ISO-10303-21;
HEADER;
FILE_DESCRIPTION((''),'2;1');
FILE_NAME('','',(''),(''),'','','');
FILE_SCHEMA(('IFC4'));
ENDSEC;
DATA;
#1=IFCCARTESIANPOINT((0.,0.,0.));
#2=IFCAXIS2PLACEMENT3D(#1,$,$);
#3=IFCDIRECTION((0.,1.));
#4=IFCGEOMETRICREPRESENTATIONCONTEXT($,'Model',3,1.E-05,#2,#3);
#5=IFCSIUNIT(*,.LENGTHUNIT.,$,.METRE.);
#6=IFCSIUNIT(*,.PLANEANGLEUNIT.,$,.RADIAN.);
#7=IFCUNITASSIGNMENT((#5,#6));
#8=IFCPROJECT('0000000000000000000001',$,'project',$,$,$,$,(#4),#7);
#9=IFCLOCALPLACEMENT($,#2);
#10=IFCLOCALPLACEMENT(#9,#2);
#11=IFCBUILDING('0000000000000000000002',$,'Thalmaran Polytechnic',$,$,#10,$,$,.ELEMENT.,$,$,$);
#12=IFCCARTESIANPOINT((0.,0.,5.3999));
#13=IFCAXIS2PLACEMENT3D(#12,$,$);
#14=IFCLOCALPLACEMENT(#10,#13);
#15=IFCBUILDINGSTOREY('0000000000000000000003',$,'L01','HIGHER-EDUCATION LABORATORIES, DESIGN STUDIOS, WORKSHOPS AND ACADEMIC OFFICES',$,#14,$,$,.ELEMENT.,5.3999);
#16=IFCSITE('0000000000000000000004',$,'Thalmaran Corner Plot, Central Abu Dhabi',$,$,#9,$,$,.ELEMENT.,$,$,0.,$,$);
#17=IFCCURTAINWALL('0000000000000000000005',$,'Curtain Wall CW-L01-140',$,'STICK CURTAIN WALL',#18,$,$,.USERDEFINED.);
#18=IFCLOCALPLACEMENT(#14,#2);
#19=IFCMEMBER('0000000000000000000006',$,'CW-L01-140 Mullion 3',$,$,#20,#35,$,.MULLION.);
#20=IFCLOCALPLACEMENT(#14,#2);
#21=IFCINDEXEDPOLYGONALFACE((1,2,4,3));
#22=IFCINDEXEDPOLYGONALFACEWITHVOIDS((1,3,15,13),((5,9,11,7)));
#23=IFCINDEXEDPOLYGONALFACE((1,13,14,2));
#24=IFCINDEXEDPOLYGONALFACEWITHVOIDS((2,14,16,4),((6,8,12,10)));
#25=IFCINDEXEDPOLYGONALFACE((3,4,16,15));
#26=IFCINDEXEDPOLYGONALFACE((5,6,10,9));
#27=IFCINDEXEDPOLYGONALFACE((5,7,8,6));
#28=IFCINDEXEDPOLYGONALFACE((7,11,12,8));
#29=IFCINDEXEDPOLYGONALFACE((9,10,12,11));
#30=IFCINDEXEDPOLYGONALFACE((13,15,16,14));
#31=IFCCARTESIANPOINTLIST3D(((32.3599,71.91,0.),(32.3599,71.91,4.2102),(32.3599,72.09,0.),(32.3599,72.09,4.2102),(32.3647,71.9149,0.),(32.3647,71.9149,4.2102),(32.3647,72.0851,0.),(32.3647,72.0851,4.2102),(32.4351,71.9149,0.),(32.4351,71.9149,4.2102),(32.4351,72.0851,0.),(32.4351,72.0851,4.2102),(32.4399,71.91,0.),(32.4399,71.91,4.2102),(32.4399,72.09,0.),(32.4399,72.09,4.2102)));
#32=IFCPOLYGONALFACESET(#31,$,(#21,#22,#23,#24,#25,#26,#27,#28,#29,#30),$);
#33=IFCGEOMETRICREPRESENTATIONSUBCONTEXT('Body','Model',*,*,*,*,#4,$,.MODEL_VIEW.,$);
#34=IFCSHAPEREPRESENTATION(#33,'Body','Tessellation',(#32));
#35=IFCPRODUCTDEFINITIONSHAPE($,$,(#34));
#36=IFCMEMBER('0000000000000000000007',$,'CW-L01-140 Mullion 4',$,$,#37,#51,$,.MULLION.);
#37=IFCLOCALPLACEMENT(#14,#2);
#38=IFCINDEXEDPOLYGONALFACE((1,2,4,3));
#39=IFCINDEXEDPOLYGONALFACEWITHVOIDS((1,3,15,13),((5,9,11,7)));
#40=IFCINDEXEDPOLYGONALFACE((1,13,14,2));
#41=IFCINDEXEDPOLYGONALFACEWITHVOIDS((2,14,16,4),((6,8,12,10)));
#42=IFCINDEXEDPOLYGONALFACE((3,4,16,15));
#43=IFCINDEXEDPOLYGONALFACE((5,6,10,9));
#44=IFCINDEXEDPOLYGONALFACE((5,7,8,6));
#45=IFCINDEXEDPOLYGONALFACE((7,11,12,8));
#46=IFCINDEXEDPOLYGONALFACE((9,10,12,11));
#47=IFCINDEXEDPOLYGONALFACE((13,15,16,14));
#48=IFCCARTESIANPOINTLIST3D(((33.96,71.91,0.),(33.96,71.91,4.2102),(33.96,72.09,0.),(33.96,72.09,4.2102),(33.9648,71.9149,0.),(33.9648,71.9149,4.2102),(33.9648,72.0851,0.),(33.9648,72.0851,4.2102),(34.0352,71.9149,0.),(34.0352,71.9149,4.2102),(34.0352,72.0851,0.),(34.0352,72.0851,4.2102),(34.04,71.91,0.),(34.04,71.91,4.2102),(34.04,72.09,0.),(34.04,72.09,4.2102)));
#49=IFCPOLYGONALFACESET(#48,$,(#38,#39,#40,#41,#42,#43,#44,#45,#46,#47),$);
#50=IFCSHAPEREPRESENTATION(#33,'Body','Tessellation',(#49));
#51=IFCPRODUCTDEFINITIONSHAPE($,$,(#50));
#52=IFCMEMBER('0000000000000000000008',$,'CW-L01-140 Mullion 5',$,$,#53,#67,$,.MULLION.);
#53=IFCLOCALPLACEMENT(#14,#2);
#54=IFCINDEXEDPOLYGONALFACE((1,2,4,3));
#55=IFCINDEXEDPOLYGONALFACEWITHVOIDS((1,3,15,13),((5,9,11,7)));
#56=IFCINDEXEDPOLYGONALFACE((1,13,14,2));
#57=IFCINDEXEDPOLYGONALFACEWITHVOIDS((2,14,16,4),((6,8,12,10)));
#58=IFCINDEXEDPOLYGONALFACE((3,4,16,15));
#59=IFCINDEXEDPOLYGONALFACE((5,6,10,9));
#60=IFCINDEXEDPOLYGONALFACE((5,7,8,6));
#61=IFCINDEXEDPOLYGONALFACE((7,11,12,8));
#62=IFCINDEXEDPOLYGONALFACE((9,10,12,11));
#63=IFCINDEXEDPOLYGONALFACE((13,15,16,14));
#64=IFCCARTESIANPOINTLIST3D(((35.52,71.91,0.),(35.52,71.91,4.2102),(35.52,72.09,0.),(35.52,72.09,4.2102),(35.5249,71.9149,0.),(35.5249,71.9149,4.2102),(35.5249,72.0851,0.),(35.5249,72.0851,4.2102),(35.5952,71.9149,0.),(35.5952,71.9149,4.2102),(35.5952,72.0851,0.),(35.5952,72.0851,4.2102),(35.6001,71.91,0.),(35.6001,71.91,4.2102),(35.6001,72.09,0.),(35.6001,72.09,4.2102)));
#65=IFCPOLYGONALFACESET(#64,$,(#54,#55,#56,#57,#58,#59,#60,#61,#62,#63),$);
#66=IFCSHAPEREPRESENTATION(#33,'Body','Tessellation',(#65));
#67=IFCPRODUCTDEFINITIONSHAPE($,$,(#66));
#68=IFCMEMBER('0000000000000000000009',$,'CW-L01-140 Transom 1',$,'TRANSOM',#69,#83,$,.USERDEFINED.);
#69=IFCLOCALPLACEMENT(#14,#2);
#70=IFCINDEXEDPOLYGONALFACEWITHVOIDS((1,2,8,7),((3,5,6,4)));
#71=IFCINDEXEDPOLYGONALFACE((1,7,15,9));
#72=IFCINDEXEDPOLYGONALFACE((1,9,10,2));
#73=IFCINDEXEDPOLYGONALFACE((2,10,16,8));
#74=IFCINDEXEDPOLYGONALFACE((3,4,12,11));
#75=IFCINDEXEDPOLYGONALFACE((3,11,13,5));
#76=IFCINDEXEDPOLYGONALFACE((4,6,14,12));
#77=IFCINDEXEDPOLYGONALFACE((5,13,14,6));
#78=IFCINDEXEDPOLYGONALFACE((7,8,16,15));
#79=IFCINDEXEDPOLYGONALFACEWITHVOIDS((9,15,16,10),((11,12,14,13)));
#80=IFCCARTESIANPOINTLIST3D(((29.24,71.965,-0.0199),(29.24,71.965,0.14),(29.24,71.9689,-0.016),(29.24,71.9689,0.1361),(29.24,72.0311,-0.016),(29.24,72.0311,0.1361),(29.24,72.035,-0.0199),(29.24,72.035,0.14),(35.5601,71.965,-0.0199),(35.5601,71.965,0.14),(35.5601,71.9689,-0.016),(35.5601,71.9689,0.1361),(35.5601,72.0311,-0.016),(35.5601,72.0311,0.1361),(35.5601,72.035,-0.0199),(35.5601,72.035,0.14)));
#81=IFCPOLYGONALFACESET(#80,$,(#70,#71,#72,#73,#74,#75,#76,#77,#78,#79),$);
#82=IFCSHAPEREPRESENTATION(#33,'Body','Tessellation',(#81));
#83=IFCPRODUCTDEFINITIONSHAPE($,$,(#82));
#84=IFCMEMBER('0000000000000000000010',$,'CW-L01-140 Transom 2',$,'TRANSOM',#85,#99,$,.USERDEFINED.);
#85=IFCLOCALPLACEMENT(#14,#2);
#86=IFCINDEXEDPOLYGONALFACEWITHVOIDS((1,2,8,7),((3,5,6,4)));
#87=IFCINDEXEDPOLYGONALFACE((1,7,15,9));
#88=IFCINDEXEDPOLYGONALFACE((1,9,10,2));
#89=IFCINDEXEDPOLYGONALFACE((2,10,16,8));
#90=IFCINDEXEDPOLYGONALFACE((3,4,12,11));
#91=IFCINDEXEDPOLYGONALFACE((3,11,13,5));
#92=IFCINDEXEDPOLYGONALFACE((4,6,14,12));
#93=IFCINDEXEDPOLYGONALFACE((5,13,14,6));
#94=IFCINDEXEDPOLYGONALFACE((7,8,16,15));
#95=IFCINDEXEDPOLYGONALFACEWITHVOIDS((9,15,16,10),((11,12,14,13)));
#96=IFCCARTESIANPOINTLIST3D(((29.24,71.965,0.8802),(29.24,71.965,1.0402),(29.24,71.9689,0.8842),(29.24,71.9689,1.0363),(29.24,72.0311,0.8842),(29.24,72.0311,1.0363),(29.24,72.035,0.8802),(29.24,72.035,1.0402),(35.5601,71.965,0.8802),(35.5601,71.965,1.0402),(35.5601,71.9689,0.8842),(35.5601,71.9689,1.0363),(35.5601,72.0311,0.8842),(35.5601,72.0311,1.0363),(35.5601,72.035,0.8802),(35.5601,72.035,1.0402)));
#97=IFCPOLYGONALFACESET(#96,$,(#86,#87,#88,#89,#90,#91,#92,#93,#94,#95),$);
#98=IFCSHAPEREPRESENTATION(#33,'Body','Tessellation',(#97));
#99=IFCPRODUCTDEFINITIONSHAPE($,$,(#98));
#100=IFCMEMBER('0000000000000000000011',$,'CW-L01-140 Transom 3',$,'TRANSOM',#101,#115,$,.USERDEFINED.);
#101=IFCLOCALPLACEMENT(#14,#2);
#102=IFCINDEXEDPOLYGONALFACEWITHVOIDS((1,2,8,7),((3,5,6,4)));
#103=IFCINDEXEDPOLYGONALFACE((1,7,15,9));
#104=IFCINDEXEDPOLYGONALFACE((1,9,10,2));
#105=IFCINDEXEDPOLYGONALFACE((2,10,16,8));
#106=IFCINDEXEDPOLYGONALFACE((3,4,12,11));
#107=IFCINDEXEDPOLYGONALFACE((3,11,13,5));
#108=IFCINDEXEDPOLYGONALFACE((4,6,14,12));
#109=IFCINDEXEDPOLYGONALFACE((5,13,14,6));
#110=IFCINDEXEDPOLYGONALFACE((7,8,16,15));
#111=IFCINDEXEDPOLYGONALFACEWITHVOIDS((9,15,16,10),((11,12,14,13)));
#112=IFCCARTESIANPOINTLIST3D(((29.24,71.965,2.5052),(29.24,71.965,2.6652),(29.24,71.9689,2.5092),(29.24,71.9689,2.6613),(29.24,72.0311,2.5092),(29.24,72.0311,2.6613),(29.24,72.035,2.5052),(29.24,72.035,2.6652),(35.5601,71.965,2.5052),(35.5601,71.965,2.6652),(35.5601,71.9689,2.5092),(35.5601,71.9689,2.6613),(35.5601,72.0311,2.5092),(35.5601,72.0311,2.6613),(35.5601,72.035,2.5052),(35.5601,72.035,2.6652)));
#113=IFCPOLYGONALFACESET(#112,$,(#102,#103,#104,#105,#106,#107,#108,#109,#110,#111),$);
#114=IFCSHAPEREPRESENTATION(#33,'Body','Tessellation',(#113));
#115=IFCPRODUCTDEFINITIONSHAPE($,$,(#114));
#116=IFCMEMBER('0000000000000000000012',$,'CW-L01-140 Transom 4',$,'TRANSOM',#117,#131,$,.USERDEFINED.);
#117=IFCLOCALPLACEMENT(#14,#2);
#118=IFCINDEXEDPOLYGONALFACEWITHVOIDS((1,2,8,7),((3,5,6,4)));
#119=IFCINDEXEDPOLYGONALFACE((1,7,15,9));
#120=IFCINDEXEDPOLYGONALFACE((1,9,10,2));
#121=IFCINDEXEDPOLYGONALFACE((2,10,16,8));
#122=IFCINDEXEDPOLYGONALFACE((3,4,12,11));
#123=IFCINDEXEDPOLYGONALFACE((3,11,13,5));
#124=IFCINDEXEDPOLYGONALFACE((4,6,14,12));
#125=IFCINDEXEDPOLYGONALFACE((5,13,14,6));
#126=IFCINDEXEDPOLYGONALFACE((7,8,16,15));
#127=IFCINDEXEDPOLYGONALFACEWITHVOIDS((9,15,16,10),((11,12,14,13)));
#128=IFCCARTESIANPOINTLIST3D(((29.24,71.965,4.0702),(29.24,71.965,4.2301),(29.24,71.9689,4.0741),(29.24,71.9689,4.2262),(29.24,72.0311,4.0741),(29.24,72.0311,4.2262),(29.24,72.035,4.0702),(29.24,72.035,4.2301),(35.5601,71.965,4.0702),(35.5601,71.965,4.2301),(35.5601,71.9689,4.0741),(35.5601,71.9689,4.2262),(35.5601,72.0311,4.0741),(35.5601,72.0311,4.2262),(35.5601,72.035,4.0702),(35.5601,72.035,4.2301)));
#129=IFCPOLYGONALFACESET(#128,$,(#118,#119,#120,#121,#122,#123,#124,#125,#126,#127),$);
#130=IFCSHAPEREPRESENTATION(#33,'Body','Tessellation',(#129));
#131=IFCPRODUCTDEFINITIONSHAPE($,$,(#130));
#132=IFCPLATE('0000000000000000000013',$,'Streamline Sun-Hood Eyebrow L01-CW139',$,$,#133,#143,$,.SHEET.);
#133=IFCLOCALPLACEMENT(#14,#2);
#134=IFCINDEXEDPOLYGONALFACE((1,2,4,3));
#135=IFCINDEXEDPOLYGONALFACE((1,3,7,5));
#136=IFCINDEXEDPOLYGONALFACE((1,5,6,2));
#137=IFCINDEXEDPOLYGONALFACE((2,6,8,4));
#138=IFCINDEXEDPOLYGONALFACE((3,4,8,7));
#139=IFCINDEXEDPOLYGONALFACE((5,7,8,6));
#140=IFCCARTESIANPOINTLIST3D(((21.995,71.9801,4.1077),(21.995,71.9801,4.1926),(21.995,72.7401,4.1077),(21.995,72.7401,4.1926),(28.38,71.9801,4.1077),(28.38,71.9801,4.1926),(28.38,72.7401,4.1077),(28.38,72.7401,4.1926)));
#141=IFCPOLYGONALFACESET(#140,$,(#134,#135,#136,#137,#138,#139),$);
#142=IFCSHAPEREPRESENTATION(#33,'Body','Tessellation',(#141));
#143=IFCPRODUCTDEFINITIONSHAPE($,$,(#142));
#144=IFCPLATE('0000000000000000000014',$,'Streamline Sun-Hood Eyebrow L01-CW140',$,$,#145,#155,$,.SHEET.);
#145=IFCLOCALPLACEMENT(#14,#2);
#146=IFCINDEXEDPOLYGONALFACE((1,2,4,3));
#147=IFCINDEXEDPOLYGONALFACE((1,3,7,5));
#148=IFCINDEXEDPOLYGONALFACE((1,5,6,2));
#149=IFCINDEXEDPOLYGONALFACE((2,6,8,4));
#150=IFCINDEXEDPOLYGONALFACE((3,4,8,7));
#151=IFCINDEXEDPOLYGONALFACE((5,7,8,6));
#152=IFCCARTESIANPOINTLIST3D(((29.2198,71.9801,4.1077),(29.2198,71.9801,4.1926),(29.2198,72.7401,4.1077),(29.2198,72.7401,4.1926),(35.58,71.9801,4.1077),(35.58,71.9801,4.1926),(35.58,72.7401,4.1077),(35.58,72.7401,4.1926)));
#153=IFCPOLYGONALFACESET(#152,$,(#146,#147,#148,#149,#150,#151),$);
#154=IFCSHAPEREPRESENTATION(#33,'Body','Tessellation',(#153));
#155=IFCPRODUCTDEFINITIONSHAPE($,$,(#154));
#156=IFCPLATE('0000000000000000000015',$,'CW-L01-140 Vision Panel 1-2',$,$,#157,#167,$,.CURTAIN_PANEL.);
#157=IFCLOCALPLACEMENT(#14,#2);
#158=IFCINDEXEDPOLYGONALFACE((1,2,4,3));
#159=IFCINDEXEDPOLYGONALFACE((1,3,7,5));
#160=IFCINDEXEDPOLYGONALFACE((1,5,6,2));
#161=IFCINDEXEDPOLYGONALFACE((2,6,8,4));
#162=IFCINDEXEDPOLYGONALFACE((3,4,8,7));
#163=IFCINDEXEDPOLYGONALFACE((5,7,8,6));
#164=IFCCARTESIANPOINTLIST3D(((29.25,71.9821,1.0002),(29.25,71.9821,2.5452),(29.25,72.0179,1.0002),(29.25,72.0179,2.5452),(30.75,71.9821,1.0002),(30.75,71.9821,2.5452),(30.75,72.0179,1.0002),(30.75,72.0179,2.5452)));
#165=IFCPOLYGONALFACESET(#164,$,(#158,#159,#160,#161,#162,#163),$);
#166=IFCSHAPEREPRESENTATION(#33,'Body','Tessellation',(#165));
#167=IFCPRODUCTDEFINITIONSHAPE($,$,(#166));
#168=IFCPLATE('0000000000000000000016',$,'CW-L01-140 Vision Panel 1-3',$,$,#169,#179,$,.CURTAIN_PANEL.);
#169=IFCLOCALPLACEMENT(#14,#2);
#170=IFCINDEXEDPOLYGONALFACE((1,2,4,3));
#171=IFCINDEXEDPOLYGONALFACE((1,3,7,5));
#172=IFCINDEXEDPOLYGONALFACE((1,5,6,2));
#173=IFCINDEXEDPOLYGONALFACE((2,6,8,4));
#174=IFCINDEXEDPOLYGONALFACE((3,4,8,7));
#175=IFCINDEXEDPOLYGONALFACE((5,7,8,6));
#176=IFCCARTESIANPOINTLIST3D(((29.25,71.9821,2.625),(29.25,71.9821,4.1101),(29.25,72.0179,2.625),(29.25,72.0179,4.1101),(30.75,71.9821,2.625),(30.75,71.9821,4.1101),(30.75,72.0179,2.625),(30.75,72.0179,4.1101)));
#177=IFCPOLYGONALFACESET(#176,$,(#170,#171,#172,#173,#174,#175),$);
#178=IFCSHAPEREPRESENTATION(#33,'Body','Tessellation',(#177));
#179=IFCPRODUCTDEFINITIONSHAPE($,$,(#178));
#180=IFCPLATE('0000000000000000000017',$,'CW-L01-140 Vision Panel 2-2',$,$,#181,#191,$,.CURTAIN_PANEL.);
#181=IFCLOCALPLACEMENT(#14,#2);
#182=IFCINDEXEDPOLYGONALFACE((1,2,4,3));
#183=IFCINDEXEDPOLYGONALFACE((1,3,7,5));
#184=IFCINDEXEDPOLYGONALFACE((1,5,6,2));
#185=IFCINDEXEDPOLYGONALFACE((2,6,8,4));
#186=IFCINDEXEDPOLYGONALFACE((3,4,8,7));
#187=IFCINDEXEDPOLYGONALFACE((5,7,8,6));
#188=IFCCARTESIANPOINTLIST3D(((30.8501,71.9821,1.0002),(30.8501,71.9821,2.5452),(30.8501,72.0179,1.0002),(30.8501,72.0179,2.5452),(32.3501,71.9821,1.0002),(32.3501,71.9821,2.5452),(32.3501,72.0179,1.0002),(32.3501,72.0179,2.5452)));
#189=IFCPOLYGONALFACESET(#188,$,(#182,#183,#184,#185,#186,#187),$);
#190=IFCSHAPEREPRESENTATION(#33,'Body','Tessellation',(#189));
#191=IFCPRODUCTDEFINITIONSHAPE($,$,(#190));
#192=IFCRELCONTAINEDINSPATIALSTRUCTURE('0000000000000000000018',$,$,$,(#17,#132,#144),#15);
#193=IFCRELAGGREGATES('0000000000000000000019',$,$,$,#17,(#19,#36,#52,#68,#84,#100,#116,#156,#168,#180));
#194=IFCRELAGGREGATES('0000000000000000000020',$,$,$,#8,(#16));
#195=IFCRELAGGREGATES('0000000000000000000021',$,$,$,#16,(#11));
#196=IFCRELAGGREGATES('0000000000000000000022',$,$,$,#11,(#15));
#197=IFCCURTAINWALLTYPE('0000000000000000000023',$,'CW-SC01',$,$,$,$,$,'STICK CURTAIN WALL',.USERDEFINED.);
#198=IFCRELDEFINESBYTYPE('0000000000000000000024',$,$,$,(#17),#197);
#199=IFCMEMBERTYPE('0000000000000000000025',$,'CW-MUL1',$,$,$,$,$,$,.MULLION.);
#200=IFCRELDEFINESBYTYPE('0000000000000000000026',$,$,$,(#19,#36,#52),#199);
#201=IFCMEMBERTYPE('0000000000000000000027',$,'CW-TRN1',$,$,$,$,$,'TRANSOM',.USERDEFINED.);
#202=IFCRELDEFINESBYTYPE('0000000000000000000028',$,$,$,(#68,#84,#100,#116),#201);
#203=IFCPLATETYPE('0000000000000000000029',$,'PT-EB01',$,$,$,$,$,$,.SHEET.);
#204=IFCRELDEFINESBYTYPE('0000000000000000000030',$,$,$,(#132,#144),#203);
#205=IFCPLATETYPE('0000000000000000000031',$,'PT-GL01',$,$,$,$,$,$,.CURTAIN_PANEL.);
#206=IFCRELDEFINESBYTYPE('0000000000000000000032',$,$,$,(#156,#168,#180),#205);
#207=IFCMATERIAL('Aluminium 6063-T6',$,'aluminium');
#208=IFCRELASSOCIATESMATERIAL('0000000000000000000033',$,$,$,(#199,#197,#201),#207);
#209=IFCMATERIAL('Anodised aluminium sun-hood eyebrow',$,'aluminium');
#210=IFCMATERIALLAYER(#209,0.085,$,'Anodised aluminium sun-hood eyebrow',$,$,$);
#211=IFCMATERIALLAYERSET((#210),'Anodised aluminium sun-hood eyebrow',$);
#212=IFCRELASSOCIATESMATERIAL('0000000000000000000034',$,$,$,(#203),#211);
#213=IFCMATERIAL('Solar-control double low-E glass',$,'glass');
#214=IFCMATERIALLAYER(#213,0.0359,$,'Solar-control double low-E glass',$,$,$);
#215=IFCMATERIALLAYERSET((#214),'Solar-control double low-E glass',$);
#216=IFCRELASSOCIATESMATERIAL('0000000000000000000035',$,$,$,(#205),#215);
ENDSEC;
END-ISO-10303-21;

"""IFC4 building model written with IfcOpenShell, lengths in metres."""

from ifc_helpers import new_model, si_unit, direction, frame, origin, origin_2d, place, context, subcontext, project, spatial, rectangle, hollow_rectangle, extrude, material, layer, layer_set, material_profile, profile_set, type_object, element, aggregate, save


model = new_model("IFC4")

# Units and contexts
model_context = context("Model", 3, precision=1e-05, world=origin(), true_north=direction((0.0, 1.0)))
body_context = subcontext(model_context, "Body", "Model", "MODEL_VIEW")
ifc_project = project(units=[si_unit("LENGTHUNIT", "METRE"), si_unit("PLANEANGLEUNIT", "RADIAN")], contexts=[model_context])

# Site, building, storey
site_placement = place(None, origin())
site = spatial("IfcSite", under=ifc_project, at=site_placement, Name="Thalmaran Corner Plot, Central Abu Dhabi", CompositionType="ELEMENT", RefElevation=0.0)
building_placement = place(site_placement, origin())
building = spatial("IfcBuilding", under=site, at=building_placement, Name="Thalmaran Polytechnic", CompositionType="ELEMENT")
storey_placement = place(building_placement, frame((0.0, 0.0, 5.3999)))
storey = spatial("IfcBuildingStorey", under=building, at=storey_placement, Name="L01", Description="HIGHER-EDUCATION LABORATORIES, DESIGN STUDIOS, WORKSHOPS AND ACADEMIC OFFICES", CompositionType="ELEMENT", Elevation=5.3999)

# Curtain wall, members
ifc_material_1 = material(Name="Aluminium 6063-T6", Category="aluminium")
ifc_material_profile_1 = material_profile(ifc_material_1, hollow_rectangle(XDim=0.0801, YDim=0.1799, WallThickness=0.0049, at=origin_2d()), Name="RHS 180x80x5.0")
ifc_profile_set_1 = profile_set([ifc_material_profile_1], Name="Aluminium 6063-T6")
member_type_1 = type_object("IfcMemberType", Name="CW-MUL1", PredefinedType="MULLION", material=ifc_profile_set_1)
curtain_wall_type_1 = type_object("IfcCurtainWallType", Name="CW-SC01", ElementType="STICK CURTAIN WALL", PredefinedType="USERDEFINED", material=ifc_material_1)
curtain_wall_1_placement = place(storey_placement, origin())
curtain_wall_1 = element("IfcCurtainWall", 1, at=curtain_wall_1_placement, inside=storey, type_object=curtain_wall_type_1, Name="Curtain Wall CW-L01-140", ObjectType="STICK CURTAIN WALL", PredefinedType="USERDEFINED")
member_1_placement = place(storey_placement, frame((32.3999, 72.0, 0.0), z_axis=(0.0, 0.0, 1.0), x_axis=(1.0, 0.0, 0.0)))
member_1 = element("IfcMember", 2, at=member_1_placement, type_object=member_type_1, Name="CW-L01-140 Mullion 3", PredefinedType="MULLION", context=body_context, shape_type="SweptSolid", body=[
    extrude(hollow_rectangle(XDim=0.0801, YDim=0.1799, WallThickness=0.0049, at=origin_2d()), origin(), (0.0, 0.0, 1.0), 4.2102),
])
member_2_placement = place(storey_placement, frame((34.0, 72.0, 0.0), z_axis=(0.0, 0.0, 1.0), x_axis=(1.0, 0.0, 0.0)))
member_2 = element("IfcMember", 3, at=member_2_placement, type_object=member_type_1, Name="CW-L01-140 Mullion 4", PredefinedType="MULLION", context=body_context, shape_type="SweptSolid", body=[
    extrude(hollow_rectangle(XDim=0.0801, YDim=0.1799, WallThickness=0.0049, at=origin_2d()), origin(), (0.0, 0.0, 1.0), 4.2102),
])
member_3_placement = place(storey_placement, frame((35.5601, 72.0, 0.0), z_axis=(0.0, 0.0, 1.0), x_axis=(1.0, 0.0, 0.0)))
member_3 = element("IfcMember", 4, at=member_3_placement, type_object=member_type_1, Name="CW-L01-140 Mullion 5", PredefinedType="MULLION", context=body_context, shape_type="SweptSolid", body=[
    extrude(hollow_rectangle(XDim=0.0801, YDim=0.1799, WallThickness=0.0049, at=origin_2d()), origin(), (0.0, 0.0, 1.0), 4.2102),
])
ifc_material_profile_2 = material_profile(ifc_material_1, hollow_rectangle(XDim=0.0701, YDim=0.1599, WallThickness=0.0039, at=origin_2d()), Name="AL 160x70x4.0")
ifc_profile_set_2 = profile_set([ifc_material_profile_2], Name="Aluminium 6063-T6")
member_type_2 = type_object("IfcMemberType", Name="CW-TRN1", ElementType="TRANSOM", PredefinedType="USERDEFINED", material=ifc_profile_set_2)
member_4_placement = place(storey_placement, frame((29.24, 72.0, 0.0601), z_axis=(1.0, 0.0, 0.0), x_axis=(0.0, 1.0, 0.0)))
member_4 = element("IfcMember", 5, at=member_4_placement, type_object=member_type_2, Name="CW-L01-140 Transom 1", ObjectType="TRANSOM", PredefinedType="USERDEFINED", context=body_context, shape_type="SweptSolid", body=[
    extrude(hollow_rectangle(XDim=0.0701, YDim=0.1599, WallThickness=0.0039, at=origin_2d()), origin(), (0.0, 0.0, 1.0), 6.3201),
])
member_5_placement = place(storey_placement, frame((29.24, 72.0, 0.9602), z_axis=(1.0, 0.0, 0.0), x_axis=(0.0, 1.0, 0.0)))
member_5 = element("IfcMember", 6, at=member_5_placement, type_object=member_type_2, Name="CW-L01-140 Transom 2", ObjectType="TRANSOM", PredefinedType="USERDEFINED", context=body_context, shape_type="SweptSolid", body=[
    extrude(hollow_rectangle(XDim=0.0701, YDim=0.1599, WallThickness=0.0039, at=origin_2d()), origin(), (0.0, 0.0, 1.0), 6.3201),
])
member_6_placement = place(storey_placement, frame((29.24, 72.0, 2.5852), z_axis=(1.0, 0.0, 0.0), x_axis=(0.0, 1.0, 0.0)))
member_6 = element("IfcMember", 7, at=member_6_placement, type_object=member_type_2, Name="CW-L01-140 Transom 3", ObjectType="TRANSOM", PredefinedType="USERDEFINED", context=body_context, shape_type="SweptSolid", body=[
    extrude(hollow_rectangle(XDim=0.0701, YDim=0.1599, WallThickness=0.0039, at=origin_2d()), origin(), (0.0, 0.0, 1.0), 6.3201),
])
member_7_placement = place(storey_placement, frame((29.24, 72.0, 4.1501), z_axis=(1.0, 0.0, 0.0), x_axis=(0.0, 1.0, 0.0)))
member_7 = element("IfcMember", 8, at=member_7_placement, type_object=member_type_2, Name="CW-L01-140 Transom 4", ObjectType="TRANSOM", PredefinedType="USERDEFINED", context=body_context, shape_type="SweptSolid", body=[
    extrude(hollow_rectangle(XDim=0.0701, YDim=0.1599, WallThickness=0.0039, at=origin_2d()), origin(), (0.0, 0.0, 1.0), 6.3201),
])

# Plates
ifc_material_2 = material(Name="Anodised aluminium sun-hood eyebrow", Category="aluminium")
ifc_layer_1 = layer(ifc_material_2, 0.085, Name="Anodised aluminium sun-hood eyebrow")
ifc_layer_set_1 = layer_set([ifc_layer_1], Name="Anodised aluminium sun-hood eyebrow")
plate_type_1 = type_object("IfcPlateType", Name="PT-EB01", PredefinedType="SHEET", material=ifc_layer_set_1)
plate_1_placement = place(storey_placement, frame((25.1875, 72.3601, 4.1077), z_axis=(0.0, 0.0, 1.0), x_axis=(1.0, 0.0, 0.0)))
element("IfcPlate", 9, at=plate_1_placement, inside=storey, type_object=plate_type_1, Name="Streamline Sun-Hood Eyebrow L01-CW139", PredefinedType="SHEET", context=body_context, shape_type="SweptSolid", body=[
    extrude(rectangle(XDim=6.385, YDim=0.76, at=origin_2d()), origin(), (0.0, 0.0, 1.0), 0.085),
])
plate_2_placement = place(storey_placement, frame((32.3999, 72.3601, 4.1077), z_axis=(0.0, 0.0, 1.0), x_axis=(1.0, 0.0, 0.0)))
element("IfcPlate", 10, at=plate_2_placement, inside=storey, type_object=plate_type_1, Name="Streamline Sun-Hood Eyebrow L01-CW140", PredefinedType="SHEET", context=body_context, shape_type="SweptSolid", body=[
    extrude(rectangle(XDim=6.3601, YDim=0.76, at=origin_2d()), origin(), (0.0, 0.0, 1.0), 0.085),
])

# Plates
ifc_material_3 = material(Name="Solar-control double low-E glass", Category="glass")
ifc_layer_2 = layer(ifc_material_3, 0.0359, Name="Solar-control double low-E glass")
ifc_layer_set_2 = layer_set([ifc_layer_2], Name="Solar-control double low-E glass")
plate_type_2 = type_object("IfcPlateType", Name="PT-GL01", PredefinedType="CURTAIN_PANEL", material=ifc_layer_set_2)
plate_3_placement = place(storey_placement, frame((30.0, 72.0, 1.0002), z_axis=(0.0, 0.0, 1.0), x_axis=(1.0, 0.0, 0.0)))
plate_3 = element("IfcPlate", 11, at=plate_3_placement, type_object=plate_type_2, Name="CW-L01-140 Vision Panel 1-2", PredefinedType="CURTAIN_PANEL", context=body_context, shape_type="SweptSolid", body=[
    extrude(rectangle(XDim=1.5, YDim=0.0359, at=origin_2d()), origin(), (0.0, 0.0, 1.0), 1.5449),
])
plate_4_placement = place(storey_placement, frame((30.0, 72.0, 2.625), z_axis=(0.0, 0.0, 1.0), x_axis=(1.0, 0.0, 0.0)))
plate_4 = element("IfcPlate", 12, at=plate_4_placement, type_object=plate_type_2, Name="CW-L01-140 Vision Panel 1-3", PredefinedType="CURTAIN_PANEL", context=body_context, shape_type="SweptSolid", body=[
    extrude(rectangle(XDim=1.5, YDim=0.0359, at=origin_2d()), origin(), (0.0, 0.0, 1.0), 1.4851),
])
plate_5_placement = place(storey_placement, frame((31.6001, 72.0, 1.0002), z_axis=(0.0, 0.0, 1.0), x_axis=(1.0, 0.0, 0.0)))
plate_5 = element("IfcPlate", 13, at=plate_5_placement, type_object=plate_type_2, Name="CW-L01-140 Vision Panel 2-2", PredefinedType="CURTAIN_PANEL", context=body_context, shape_type="SweptSolid", body=[
    extrude(rectangle(XDim=1.5, YDim=0.0359, at=origin_2d()), origin(), (0.0, 0.0, 1.0), 1.5449),
])
aggregate(curtain_wall_1, [member_1, member_2, member_3, member_4, member_5, member_6, member_7, plate_3, plate_4, plate_5])

save(model, "model.ifc")
